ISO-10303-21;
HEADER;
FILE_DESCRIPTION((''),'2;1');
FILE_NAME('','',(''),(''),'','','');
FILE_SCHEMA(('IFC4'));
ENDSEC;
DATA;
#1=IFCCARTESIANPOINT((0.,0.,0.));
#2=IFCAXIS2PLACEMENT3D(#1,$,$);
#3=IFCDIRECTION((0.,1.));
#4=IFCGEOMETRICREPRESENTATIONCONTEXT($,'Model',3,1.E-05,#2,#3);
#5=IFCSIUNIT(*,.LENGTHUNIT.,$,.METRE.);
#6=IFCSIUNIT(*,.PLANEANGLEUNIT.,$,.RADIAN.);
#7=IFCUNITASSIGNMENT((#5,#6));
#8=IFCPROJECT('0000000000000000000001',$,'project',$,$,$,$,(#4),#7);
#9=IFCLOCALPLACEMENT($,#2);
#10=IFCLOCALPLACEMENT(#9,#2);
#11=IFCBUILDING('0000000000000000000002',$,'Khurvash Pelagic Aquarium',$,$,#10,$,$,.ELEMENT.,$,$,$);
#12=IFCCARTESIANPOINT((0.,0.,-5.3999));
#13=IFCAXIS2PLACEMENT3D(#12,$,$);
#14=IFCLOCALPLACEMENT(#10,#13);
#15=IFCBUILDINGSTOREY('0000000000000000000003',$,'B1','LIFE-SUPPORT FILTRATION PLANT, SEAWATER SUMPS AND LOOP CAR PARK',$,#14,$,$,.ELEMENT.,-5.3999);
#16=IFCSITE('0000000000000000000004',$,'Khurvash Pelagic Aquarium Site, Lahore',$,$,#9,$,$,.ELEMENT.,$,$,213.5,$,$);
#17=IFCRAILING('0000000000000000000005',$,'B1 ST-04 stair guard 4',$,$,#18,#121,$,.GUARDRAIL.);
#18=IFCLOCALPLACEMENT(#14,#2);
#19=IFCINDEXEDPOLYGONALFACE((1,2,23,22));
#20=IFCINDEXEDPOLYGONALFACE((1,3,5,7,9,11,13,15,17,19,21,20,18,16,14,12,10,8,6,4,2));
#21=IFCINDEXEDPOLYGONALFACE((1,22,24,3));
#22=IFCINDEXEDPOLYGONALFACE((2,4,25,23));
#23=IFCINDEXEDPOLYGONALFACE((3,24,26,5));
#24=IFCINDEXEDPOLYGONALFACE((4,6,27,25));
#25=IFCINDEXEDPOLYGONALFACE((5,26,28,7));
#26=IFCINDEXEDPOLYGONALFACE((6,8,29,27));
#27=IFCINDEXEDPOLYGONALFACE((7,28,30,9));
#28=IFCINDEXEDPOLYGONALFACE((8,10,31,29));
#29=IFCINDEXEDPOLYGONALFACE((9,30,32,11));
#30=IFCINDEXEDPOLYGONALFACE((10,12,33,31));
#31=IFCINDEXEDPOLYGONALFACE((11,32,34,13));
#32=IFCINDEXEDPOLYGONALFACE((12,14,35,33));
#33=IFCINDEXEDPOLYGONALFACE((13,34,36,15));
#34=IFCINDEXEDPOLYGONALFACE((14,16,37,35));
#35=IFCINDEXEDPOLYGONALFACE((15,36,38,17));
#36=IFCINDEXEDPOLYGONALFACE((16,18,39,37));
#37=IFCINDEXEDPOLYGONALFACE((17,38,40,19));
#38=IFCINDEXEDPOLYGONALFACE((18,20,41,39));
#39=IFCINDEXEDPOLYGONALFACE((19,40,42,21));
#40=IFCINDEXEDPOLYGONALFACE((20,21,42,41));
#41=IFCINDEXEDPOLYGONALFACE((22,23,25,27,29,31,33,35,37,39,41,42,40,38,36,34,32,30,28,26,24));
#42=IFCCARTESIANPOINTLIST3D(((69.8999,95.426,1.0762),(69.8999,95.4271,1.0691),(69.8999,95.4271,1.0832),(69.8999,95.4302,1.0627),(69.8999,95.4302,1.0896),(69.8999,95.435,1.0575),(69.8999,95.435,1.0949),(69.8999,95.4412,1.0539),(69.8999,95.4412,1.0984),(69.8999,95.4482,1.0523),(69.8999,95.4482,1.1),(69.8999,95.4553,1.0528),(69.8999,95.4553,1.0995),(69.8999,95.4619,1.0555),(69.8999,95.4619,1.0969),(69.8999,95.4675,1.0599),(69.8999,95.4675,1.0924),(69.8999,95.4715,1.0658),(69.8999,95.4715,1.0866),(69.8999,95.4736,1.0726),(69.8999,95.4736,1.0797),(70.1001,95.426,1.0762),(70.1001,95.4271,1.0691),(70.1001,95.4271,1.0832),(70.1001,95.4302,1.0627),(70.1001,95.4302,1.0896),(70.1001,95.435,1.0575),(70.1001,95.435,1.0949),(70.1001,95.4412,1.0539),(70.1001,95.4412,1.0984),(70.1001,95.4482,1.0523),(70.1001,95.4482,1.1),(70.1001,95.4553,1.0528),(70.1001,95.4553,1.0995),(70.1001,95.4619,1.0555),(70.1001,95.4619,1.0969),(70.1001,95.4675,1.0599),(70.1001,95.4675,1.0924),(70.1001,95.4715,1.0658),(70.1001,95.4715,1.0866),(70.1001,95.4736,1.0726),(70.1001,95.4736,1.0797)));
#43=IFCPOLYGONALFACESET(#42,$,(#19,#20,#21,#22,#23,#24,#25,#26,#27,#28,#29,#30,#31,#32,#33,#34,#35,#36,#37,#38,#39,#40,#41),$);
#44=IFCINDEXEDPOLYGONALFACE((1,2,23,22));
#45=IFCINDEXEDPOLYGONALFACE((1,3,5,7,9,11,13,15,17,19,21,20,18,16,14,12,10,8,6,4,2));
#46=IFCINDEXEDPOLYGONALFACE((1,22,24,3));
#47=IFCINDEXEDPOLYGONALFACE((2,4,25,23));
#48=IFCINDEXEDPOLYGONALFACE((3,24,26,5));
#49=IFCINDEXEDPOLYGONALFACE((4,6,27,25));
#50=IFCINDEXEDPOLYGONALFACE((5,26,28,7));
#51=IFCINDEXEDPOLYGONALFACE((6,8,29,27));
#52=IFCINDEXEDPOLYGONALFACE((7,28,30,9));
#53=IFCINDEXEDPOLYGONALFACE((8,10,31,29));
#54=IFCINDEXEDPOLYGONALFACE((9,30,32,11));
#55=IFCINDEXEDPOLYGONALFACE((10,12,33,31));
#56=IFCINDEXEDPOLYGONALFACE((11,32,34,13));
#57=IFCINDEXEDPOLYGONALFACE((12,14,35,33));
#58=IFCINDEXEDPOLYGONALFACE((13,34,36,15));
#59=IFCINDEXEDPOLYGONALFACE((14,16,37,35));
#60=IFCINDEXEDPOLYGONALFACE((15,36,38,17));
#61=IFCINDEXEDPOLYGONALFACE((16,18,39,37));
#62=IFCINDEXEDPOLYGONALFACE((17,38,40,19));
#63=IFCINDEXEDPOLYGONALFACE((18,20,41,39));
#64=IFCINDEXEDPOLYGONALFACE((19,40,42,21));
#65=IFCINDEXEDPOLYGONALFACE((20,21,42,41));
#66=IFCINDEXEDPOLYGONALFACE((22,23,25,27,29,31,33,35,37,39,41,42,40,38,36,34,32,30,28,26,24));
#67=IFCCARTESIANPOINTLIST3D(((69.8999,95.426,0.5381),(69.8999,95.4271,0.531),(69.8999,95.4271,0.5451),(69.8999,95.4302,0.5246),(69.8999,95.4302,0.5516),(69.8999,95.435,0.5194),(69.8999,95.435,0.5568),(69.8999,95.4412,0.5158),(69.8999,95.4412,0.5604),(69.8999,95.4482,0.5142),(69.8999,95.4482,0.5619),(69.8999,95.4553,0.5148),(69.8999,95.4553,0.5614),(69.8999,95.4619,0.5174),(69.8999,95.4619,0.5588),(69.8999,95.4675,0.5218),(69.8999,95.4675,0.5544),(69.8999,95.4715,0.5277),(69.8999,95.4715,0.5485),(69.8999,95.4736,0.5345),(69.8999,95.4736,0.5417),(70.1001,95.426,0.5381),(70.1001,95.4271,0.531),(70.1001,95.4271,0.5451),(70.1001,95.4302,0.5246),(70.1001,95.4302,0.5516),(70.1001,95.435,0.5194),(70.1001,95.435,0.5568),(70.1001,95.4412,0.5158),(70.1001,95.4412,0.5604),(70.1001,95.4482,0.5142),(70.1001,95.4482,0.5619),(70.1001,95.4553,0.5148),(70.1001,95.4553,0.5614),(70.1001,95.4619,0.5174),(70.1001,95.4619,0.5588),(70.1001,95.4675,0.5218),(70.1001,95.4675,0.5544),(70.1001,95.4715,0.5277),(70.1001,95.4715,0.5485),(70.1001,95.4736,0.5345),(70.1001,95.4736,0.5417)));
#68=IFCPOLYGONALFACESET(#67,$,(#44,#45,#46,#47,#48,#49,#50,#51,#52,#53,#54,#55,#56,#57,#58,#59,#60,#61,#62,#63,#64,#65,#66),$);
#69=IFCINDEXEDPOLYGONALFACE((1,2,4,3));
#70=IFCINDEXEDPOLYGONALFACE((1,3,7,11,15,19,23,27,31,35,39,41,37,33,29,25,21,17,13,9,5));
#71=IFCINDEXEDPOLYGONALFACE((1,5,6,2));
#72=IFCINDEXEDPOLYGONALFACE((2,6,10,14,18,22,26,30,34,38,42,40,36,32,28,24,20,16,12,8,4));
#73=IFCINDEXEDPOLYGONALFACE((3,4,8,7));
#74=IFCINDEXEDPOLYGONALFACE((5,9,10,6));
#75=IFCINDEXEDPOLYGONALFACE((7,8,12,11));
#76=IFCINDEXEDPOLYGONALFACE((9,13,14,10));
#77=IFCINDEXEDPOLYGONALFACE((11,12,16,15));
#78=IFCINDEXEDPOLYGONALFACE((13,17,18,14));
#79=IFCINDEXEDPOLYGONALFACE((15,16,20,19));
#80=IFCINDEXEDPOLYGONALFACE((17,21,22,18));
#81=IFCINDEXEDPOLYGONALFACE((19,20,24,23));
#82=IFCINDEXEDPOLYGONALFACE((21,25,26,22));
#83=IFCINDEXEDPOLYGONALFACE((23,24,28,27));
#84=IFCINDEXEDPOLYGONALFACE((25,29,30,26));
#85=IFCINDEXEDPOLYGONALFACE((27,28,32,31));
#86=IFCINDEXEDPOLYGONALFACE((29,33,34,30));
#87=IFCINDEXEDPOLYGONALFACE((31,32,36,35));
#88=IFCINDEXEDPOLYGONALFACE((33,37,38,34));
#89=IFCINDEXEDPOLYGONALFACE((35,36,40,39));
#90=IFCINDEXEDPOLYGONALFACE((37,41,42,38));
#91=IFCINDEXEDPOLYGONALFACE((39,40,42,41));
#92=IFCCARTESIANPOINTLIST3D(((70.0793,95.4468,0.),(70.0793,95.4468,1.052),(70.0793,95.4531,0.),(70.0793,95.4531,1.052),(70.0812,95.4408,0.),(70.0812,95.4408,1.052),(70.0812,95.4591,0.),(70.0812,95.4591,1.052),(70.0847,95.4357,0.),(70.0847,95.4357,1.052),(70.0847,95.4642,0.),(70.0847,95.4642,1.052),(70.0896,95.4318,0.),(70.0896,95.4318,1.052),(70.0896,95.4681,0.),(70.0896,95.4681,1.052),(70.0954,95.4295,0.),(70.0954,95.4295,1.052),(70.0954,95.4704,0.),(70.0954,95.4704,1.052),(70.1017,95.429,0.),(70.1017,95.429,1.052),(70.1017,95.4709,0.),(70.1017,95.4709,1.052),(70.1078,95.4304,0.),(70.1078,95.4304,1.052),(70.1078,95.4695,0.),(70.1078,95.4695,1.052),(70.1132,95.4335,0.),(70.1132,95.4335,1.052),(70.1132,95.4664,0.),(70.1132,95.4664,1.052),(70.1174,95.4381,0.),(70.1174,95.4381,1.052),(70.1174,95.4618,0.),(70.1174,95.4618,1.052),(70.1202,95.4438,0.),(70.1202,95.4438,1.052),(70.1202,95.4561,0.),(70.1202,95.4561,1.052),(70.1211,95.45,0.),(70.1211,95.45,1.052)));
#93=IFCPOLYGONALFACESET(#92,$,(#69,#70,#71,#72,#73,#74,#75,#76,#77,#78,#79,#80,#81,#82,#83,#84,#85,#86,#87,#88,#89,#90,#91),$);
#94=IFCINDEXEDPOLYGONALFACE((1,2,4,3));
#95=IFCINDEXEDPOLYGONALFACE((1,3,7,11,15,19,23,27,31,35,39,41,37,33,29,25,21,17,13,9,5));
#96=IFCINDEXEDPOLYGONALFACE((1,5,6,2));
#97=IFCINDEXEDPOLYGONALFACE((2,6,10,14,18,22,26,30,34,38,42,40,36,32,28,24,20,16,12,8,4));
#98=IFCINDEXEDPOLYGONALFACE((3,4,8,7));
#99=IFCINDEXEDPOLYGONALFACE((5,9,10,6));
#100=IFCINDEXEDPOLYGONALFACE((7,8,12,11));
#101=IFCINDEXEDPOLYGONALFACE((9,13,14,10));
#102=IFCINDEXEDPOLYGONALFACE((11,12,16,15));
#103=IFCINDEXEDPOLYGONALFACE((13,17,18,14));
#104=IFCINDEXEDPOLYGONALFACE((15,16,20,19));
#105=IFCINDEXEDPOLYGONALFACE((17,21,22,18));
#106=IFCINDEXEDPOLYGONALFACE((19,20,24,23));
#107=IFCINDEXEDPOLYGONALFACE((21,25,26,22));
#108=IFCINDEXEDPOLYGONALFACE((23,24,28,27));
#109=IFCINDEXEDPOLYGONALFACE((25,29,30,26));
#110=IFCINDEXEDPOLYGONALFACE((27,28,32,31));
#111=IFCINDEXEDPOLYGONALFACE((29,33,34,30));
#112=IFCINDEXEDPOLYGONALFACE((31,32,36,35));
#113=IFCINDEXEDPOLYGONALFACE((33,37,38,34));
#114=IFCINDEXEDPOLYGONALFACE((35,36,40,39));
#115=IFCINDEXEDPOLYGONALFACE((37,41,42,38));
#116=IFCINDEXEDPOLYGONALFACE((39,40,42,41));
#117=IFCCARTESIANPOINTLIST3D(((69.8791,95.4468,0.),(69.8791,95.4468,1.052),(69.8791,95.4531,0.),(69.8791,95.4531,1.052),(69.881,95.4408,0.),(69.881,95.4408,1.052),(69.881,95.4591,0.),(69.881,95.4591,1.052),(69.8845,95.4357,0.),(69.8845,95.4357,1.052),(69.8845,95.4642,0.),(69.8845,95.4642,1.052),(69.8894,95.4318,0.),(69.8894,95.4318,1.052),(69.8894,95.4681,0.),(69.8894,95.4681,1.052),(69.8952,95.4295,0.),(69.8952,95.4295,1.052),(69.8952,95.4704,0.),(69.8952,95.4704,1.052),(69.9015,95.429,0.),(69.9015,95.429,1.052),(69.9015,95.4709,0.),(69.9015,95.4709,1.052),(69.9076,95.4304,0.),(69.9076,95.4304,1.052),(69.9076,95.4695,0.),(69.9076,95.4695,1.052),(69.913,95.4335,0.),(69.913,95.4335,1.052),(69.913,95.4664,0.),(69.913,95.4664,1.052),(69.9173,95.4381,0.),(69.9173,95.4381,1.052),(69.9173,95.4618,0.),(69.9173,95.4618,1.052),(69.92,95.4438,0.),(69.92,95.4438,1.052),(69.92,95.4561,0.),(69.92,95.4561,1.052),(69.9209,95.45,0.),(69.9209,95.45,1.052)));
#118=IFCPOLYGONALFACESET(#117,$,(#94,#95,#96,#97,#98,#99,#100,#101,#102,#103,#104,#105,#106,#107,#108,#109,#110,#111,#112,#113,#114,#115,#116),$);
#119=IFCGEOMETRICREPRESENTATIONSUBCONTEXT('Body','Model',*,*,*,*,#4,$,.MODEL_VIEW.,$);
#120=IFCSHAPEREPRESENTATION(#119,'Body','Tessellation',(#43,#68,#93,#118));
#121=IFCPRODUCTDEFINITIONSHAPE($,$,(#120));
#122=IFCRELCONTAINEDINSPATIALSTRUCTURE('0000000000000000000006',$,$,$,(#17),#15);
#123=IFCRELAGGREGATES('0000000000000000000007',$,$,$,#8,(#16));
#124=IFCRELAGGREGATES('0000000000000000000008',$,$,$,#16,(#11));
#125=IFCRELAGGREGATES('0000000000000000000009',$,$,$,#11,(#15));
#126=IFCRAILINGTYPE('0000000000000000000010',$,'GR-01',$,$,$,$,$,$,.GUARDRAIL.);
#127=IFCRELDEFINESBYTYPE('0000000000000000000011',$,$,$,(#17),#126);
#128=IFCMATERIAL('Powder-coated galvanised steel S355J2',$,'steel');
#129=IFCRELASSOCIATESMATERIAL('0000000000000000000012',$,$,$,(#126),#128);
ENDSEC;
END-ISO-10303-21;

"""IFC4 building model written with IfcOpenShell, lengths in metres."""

from ifc_helpers import new_model, si_unit, direction, frame, origin, origin_2d, place, context, subcontext, project, spatial, circle, extrude, material, type_object, element, save


model = new_model("IFC4")

# Units and contexts
model_context = context("Model", 3, precision=1e-05, world=origin(), true_north=direction((0.0, 1.0)))
body_context = subcontext(model_context, "Body", "Model", "MODEL_VIEW")
ifc_project = project(units=[si_unit("LENGTHUNIT", "METRE"), si_unit("PLANEANGLEUNIT", "RADIAN")], contexts=[model_context])

# Site, building, storey
site_placement = place(None, origin())
site = spatial("IfcSite", under=ifc_project, at=site_placement, Name="Khurvash Pelagic Aquarium Site, Lahore", CompositionType="ELEMENT", RefElevation=213.5)
building_placement = place(site_placement, origin())
building = spatial("IfcBuilding", under=site, at=building_placement, Name="Khurvash Pelagic Aquarium", CompositionType="ELEMENT")
storey_placement = place(building_placement, frame((0.0, 0.0, -5.3999)))
storey = spatial("IfcBuildingStorey", under=building, at=storey_placement, Name="B1", Description="LIFE-SUPPORT FILTRATION PLANT, SEAWATER SUMPS AND LOOP CAR PARK", CompositionType="ELEMENT", Elevation=-5.3999)

# Railing
ifc_material_1 = material(Name="Powder-coated galvanised steel S355J2", Category="steel")
railing_type_1 = type_object("IfcRailingType", Name="GR-01", PredefinedType="GUARDRAIL", material=ifc_material_1)
railing_1_placement = place(storey_placement, frame((70.1001, 95.45, 0.0)))
element("IfcRailing", 1, at=railing_1_placement, inside=storey, type_object=railing_type_1, Name="B1 ST-04 stair guard 4", PredefinedType="GUARDRAIL", context=body_context, shape_type="SweptSolid", body=[
    extrude(circle(Radius=0.0239, at=origin_2d()), frame((0.0, 0.0, 1.0762), z_axis=(-1.0, 0.0, 0.0), x_axis=(0.0, -1.0, 0.0)), (0.0, 0.0, 1.0), 0.2002),
    extrude(circle(Radius=0.0239, at=origin_2d()), frame((0.0, 0.0, 0.5381), z_axis=(-1.0, 0.0, 0.0), x_axis=(0.0, -1.0, 0.0)), (0.0, 0.0, 1.0), 0.2002),
    extrude(circle(Radius=0.021, at=origin_2d()), origin(), (0.0, 0.0, 1.0), 1.052),
    extrude(circle(Radius=0.021, at=origin_2d()), frame((-0.2002, 0.0, 0.0)), (0.0, 0.0, 1.0), 1.052),
])

save(model, "model.ifc")
